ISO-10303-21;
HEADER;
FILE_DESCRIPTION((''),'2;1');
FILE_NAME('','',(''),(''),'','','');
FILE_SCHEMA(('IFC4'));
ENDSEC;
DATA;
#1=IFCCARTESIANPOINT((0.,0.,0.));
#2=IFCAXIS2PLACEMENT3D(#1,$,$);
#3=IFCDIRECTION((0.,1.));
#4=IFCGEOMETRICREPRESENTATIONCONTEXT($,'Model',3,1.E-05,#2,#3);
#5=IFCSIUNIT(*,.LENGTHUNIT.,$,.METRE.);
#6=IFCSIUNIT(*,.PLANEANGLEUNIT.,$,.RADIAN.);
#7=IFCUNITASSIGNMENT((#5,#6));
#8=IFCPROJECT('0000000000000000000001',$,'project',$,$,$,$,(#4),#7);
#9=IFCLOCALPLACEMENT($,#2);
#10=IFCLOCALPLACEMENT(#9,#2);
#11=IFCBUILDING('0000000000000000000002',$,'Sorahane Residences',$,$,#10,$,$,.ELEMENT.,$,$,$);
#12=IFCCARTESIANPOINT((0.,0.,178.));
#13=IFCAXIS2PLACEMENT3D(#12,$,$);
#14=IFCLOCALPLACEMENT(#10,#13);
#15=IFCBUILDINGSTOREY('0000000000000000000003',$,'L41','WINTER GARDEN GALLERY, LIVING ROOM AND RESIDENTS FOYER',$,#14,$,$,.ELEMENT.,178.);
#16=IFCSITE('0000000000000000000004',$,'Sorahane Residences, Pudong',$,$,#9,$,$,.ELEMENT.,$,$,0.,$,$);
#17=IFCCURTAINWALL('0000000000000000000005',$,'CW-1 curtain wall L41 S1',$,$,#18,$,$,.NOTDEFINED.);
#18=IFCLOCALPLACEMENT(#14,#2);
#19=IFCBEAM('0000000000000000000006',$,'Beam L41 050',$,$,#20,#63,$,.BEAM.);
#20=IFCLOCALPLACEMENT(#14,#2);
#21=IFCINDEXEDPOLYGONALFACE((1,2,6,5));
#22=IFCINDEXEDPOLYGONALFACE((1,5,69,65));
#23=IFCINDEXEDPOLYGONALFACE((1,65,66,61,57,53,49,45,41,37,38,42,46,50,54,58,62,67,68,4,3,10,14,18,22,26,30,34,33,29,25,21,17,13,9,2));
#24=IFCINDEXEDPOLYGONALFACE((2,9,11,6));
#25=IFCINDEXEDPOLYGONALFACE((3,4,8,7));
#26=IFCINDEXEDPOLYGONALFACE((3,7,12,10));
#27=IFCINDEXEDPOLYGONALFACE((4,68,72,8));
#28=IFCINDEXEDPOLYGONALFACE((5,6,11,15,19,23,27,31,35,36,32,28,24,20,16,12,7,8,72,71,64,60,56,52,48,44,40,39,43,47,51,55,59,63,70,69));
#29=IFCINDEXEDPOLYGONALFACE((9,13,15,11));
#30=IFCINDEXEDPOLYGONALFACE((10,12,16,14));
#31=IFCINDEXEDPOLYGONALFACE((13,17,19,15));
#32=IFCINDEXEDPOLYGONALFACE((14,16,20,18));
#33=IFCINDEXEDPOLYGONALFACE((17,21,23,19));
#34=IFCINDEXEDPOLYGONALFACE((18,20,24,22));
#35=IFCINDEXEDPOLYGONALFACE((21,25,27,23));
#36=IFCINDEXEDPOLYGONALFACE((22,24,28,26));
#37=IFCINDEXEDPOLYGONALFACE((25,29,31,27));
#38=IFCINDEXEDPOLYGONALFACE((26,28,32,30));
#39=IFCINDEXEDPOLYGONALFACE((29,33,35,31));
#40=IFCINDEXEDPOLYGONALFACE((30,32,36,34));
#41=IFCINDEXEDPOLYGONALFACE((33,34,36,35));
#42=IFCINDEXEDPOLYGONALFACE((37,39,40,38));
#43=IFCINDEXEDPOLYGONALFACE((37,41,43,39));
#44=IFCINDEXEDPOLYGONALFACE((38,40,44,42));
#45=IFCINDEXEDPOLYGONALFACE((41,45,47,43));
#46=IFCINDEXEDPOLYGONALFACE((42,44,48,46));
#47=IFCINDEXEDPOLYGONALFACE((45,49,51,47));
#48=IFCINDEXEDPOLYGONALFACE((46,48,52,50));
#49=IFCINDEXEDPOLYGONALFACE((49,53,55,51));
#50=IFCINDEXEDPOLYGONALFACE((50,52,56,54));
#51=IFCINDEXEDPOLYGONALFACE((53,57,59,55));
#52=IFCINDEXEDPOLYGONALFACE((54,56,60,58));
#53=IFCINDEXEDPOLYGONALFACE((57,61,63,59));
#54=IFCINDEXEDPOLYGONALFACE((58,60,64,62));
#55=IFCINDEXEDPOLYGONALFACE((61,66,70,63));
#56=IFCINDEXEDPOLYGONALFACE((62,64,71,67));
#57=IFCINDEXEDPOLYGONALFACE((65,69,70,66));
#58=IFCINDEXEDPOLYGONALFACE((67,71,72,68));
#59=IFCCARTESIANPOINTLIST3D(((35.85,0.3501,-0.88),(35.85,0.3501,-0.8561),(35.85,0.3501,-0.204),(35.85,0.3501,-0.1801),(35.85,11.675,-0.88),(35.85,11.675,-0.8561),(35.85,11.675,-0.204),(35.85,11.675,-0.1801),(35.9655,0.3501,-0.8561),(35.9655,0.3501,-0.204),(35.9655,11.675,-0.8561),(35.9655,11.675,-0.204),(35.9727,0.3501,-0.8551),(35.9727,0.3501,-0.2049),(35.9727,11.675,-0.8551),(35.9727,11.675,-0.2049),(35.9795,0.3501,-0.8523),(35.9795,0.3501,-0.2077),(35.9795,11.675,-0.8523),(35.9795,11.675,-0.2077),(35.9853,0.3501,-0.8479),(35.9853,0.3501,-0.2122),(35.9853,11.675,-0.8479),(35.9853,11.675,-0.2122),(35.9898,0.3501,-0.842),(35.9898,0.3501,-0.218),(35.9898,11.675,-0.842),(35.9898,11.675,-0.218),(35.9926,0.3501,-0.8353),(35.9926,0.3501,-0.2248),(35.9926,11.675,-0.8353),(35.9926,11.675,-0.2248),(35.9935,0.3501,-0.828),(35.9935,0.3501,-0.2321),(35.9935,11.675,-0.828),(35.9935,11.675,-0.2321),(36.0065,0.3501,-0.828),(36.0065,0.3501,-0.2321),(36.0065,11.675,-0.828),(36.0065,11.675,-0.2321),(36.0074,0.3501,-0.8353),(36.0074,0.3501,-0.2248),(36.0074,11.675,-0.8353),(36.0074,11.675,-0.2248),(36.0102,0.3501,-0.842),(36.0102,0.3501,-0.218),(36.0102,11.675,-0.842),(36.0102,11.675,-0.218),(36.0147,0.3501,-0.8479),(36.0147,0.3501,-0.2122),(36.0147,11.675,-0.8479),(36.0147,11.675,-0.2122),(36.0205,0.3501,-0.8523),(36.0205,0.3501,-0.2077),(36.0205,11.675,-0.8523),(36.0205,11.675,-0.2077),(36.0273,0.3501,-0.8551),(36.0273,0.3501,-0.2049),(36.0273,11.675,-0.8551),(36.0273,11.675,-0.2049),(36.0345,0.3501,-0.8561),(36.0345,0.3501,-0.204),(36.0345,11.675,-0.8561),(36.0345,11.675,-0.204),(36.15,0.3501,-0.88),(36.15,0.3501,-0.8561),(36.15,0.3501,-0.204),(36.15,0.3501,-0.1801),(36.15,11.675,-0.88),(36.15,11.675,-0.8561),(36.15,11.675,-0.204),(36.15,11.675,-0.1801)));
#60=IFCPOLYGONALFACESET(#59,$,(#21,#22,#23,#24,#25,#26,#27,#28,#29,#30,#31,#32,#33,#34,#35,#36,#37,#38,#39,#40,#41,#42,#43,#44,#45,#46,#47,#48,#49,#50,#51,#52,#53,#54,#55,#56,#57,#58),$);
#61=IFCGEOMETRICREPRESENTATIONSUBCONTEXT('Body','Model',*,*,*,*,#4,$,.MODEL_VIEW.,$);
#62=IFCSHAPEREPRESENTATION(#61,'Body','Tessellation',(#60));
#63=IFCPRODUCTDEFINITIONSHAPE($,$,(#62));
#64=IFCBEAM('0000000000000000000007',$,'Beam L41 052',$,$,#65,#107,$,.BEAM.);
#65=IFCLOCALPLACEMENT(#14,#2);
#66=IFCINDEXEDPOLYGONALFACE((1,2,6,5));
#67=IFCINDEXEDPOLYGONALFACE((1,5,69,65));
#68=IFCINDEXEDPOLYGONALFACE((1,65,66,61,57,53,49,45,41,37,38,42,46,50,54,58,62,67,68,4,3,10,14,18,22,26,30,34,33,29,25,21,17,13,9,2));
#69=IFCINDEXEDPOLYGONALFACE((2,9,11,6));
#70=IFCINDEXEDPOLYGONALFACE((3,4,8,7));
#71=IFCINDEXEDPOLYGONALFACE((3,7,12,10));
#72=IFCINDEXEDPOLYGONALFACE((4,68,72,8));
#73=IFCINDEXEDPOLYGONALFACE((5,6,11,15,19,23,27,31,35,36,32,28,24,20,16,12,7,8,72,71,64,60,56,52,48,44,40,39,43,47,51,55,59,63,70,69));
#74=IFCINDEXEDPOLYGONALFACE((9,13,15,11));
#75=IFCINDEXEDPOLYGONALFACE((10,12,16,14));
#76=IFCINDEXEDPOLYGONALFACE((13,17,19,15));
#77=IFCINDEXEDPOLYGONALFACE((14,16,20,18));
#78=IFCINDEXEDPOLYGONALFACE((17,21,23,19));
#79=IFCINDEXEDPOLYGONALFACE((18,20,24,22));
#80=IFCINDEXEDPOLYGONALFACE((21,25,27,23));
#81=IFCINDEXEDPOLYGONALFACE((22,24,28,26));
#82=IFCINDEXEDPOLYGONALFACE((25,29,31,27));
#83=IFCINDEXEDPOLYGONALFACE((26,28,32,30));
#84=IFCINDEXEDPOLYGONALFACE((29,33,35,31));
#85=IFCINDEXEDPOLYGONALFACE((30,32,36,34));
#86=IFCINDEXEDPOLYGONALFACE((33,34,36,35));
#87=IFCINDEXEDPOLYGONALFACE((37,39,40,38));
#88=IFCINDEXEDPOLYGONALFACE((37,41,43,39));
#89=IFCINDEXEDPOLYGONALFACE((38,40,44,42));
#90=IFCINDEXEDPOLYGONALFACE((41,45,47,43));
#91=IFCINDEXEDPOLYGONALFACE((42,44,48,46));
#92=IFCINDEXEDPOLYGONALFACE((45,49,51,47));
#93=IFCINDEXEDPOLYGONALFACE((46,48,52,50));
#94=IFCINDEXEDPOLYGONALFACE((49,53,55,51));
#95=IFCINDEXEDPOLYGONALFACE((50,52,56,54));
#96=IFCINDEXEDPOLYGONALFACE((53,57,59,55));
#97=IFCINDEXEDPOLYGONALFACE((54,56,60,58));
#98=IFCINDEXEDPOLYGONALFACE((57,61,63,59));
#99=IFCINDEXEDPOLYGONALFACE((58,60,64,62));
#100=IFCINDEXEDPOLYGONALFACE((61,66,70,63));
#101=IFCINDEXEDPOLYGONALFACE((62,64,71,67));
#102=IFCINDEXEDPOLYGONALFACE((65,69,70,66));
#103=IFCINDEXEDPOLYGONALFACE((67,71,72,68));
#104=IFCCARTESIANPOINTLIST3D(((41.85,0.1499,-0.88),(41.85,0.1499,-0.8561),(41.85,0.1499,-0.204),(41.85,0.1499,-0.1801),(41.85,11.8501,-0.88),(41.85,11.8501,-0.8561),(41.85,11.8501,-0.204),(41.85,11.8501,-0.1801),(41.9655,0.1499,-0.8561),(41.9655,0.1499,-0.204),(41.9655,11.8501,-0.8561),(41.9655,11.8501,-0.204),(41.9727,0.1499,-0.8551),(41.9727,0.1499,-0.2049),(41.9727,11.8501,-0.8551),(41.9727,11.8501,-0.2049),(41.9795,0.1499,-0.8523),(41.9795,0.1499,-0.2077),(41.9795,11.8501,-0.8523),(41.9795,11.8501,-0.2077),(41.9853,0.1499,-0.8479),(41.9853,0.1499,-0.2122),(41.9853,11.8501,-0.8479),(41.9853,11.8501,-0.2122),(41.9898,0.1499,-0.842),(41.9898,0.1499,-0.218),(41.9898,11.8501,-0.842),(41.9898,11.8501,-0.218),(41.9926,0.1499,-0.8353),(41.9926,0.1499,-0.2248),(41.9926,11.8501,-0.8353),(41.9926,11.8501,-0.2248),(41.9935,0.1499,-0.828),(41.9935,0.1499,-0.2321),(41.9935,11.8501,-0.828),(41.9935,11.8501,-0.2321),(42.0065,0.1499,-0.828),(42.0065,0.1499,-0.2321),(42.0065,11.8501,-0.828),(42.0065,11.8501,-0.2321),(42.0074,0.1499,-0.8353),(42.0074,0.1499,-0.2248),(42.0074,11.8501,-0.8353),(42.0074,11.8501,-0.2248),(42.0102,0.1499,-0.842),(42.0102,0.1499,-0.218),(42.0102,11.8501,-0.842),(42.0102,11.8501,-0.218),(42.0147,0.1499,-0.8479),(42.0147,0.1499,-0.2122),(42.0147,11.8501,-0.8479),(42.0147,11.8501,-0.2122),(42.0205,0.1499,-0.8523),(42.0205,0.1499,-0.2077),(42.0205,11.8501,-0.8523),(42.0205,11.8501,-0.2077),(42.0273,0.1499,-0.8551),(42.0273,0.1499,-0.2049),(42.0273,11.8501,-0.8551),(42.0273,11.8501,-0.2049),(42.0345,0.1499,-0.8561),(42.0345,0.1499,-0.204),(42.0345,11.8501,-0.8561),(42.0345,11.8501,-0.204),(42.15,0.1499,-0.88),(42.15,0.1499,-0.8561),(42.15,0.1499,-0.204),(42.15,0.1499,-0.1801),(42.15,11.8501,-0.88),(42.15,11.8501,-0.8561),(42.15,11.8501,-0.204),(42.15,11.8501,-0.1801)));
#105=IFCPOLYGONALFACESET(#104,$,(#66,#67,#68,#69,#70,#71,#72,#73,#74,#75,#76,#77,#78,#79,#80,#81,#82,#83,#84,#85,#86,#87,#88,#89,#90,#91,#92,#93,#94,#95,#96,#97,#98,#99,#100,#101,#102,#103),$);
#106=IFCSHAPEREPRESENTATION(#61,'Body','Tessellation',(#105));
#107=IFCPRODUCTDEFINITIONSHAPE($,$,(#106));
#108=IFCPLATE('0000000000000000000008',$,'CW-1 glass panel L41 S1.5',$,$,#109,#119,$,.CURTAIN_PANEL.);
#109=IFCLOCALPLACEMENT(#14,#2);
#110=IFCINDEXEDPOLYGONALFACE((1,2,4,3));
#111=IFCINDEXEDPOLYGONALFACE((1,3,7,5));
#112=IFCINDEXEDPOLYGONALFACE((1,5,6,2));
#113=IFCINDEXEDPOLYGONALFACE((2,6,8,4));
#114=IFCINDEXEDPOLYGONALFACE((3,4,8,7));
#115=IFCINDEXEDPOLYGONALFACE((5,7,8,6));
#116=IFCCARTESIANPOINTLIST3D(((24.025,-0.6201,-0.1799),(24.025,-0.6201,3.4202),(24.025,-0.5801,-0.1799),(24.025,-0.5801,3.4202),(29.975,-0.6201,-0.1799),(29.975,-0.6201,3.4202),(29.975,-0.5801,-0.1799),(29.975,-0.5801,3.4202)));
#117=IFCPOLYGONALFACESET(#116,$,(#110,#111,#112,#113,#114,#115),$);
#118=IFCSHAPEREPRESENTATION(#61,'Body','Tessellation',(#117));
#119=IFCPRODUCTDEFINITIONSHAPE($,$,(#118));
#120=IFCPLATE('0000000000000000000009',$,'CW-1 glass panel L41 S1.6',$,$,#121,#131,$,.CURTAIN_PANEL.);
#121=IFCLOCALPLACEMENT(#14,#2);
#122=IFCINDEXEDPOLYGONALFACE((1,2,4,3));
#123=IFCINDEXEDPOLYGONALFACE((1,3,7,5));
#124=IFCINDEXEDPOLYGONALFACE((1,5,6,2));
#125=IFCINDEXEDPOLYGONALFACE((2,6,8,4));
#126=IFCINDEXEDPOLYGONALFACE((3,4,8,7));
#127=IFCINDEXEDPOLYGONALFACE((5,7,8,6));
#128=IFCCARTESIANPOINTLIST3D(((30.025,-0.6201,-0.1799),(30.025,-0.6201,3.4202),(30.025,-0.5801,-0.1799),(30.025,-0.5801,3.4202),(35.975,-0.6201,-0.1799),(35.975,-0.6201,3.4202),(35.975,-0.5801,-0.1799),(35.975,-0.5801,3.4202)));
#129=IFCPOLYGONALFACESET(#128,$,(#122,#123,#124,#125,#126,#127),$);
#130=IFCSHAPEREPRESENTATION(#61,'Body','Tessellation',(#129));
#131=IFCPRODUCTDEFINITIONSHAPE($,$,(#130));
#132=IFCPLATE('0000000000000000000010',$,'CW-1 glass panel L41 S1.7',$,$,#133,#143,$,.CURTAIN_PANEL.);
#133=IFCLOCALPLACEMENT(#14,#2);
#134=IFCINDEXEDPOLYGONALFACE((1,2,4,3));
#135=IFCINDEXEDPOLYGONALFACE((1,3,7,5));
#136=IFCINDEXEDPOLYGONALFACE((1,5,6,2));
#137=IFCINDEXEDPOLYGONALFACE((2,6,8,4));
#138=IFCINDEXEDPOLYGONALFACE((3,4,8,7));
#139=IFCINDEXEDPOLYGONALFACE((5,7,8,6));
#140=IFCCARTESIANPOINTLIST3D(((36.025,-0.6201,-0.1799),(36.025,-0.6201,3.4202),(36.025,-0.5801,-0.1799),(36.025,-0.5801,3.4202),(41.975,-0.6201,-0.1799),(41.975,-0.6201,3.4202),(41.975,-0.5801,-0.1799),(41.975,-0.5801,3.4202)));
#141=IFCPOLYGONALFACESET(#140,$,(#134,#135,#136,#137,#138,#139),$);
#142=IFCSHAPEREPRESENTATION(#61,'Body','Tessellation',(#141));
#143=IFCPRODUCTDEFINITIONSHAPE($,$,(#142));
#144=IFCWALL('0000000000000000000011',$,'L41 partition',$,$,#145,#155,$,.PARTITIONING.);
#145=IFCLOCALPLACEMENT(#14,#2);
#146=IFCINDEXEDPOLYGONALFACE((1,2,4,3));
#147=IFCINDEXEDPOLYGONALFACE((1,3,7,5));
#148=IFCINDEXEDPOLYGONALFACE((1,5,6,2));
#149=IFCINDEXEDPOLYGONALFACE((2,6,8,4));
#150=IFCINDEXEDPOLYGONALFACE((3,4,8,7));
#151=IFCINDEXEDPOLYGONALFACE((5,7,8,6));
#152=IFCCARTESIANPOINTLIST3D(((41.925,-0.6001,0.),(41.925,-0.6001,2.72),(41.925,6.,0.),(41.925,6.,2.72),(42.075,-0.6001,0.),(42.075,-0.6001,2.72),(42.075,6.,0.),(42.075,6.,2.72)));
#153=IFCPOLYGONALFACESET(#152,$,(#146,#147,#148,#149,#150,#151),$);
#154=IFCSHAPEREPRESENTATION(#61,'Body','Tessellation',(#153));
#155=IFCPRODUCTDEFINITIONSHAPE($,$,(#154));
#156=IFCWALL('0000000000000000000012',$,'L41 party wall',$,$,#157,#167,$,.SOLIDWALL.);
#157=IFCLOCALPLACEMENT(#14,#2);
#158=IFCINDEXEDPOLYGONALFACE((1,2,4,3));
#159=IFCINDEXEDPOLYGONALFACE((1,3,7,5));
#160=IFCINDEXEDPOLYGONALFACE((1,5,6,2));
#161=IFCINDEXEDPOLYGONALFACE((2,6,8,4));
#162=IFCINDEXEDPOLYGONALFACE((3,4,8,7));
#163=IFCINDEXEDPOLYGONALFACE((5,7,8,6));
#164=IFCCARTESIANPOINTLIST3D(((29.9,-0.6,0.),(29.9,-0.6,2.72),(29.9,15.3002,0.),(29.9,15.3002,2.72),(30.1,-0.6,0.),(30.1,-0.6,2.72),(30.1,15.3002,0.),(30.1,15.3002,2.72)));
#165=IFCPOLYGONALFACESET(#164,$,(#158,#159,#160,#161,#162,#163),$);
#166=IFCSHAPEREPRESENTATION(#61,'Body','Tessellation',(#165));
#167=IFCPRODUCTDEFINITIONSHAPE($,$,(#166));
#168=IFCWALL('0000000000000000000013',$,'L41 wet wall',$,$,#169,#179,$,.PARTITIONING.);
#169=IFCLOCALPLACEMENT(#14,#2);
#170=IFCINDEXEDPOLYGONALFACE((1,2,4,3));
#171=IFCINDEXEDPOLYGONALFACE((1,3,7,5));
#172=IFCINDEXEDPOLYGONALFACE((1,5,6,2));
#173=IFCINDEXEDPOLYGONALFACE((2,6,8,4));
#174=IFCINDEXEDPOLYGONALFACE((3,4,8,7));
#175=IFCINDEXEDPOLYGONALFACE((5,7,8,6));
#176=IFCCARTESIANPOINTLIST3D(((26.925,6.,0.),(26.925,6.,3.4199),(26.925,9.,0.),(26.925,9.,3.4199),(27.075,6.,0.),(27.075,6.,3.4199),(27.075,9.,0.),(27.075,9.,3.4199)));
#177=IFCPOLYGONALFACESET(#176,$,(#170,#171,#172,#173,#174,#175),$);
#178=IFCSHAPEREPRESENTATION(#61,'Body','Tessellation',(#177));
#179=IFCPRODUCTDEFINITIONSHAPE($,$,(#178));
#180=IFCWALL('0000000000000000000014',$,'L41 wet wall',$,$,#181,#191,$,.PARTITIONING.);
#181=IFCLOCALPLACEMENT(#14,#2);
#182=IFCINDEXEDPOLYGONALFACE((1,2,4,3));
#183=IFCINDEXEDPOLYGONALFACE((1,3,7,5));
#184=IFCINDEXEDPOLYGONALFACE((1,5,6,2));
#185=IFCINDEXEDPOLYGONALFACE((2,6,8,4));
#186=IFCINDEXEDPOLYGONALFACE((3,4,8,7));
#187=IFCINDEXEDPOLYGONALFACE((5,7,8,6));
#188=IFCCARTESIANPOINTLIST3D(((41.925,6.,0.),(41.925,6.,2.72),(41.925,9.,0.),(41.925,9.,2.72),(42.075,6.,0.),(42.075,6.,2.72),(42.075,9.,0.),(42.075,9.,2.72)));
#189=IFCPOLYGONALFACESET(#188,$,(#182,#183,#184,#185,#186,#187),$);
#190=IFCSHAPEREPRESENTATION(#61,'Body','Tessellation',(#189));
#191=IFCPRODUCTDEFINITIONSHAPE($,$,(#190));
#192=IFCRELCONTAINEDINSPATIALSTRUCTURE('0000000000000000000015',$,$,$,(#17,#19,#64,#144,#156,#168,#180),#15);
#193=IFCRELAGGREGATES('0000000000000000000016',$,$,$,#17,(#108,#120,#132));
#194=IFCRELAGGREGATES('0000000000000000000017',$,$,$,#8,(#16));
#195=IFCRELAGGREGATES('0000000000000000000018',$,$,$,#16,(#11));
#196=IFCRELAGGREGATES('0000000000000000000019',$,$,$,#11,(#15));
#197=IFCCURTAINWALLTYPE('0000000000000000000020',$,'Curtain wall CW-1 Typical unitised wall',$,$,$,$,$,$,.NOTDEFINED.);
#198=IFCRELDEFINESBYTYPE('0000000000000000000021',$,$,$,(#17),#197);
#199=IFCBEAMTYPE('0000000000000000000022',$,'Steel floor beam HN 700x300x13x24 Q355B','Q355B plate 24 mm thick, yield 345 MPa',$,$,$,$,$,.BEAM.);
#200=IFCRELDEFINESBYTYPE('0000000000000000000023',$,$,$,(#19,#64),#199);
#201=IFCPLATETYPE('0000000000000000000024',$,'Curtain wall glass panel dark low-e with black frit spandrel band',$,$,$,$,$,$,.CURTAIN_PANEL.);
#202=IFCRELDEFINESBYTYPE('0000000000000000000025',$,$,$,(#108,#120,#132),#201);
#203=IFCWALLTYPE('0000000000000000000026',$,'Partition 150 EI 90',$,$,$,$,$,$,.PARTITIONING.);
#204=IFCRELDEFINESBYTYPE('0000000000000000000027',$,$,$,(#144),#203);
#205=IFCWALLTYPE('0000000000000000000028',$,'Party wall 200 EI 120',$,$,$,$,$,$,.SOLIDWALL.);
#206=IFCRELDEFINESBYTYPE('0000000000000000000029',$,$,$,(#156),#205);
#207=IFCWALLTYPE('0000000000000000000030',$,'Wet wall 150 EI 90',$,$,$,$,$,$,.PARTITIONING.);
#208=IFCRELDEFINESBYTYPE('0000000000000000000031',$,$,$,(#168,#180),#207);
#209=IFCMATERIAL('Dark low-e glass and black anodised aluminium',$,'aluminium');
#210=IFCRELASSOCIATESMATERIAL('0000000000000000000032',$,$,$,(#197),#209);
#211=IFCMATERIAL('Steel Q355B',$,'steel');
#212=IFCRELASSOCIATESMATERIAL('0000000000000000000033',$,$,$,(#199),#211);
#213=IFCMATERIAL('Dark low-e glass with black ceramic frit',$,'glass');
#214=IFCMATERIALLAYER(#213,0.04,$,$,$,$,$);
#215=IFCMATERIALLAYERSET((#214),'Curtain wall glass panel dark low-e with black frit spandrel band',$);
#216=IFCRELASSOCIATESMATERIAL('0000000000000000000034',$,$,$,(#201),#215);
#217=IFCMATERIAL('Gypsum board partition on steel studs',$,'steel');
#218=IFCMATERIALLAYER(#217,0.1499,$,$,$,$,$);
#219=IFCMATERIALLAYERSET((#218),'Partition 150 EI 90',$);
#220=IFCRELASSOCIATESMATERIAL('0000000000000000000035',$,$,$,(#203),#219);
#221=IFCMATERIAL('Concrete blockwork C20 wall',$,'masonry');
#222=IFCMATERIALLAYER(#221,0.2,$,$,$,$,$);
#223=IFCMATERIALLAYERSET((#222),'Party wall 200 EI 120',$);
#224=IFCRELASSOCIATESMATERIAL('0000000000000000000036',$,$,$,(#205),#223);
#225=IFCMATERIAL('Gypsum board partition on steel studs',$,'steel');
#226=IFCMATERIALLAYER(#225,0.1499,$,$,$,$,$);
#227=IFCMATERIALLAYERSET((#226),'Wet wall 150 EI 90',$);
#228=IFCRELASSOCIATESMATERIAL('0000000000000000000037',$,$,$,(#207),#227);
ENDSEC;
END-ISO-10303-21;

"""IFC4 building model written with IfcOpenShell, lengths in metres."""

from ifc_helpers import new_model, si_unit, direction, frame, frame_2d, origin, origin_2d, place, context, subcontext, project, spatial, rectangle, i_section, extrude, material, layer, layer_set, material_profile, profile_set, type_object, element, aggregate, save


model = new_model("IFC4")

# Units and contexts
model_context = context("Model", 3, precision=1e-05, world=origin(), true_north=direction((0.0, 1.0)))
body_context = subcontext(model_context, "Body", "Model", "MODEL_VIEW")
ifc_project = project(units=[si_unit("LENGTHUNIT", "METRE"), si_unit("PLANEANGLEUNIT", "RADIAN")], contexts=[model_context])

# Site, building, storey
site_placement = place(None, origin())
site = spatial("IfcSite", under=ifc_project, at=site_placement, Name="Sorahane Residences, Pudong", CompositionType="ELEMENT", RefElevation=0.0)
building_placement = place(site_placement, origin())
building = spatial("IfcBuilding", under=site, at=building_placement, Name="Sorahane Residences", CompositionType="ELEMENT")
storey_placement = place(building_placement, frame((0.0, 0.0, 178.0)))
storey = spatial("IfcBuildingStorey", under=building, at=storey_placement, Name="L41", Description="WINTER GARDEN GALLERY, LIVING ROOM AND RESIDENTS FOYER", CompositionType="ELEMENT", Elevation=178.0)

# Curtain wall
ifc_material_1 = material(Name="Dark low-e glass and black anodised aluminium", Category="aluminium")
curtain_wall_type = type_object("IfcCurtainWallType", Name="Curtain wall CW-1 Typical unitised wall", PredefinedType="NOTDEFINED", material=ifc_material_1)
curtain_wall_placement = place(storey_placement, origin())
curtain_wall = element("IfcCurtainWall", 1, at=curtain_wall_placement, inside=storey, type_object=curtain_wall_type, Name="CW-1 curtain wall L41 S1", PredefinedType="NOTDEFINED")

# Beams
ifc_material_2 = material(Name="Steel Q355B", Category="steel")
ifc_material_profile_1 = material_profile(ifc_material_2, i_section(OverallWidth=0.3, OverallDepth=0.7, WebThickness=0.0129, FlangeThickness=0.0239, FilletRadius=0.0281, at=origin_2d()), Name="HN 700x300x13x24")
ifc_profile_set_1 = profile_set([ifc_material_profile_1], Name="Steel Q355B")
beam_type_1 = type_object("IfcBeamType", Name="Steel floor beam HN 700x300x13x24 Q355B", Description="Q355B plate 24 mm thick, yield 345 MPa", PredefinedType="BEAM", material=ifc_profile_set_1)
beam_1_placement = place(storey_placement, frame((36.0, 0.3501, -0.53), z_axis=(0.0, 1.0, 0.0), x_axis=(-1.0, 0.0, 0.0)))
element("IfcBeam", 2, at=beam_1_placement, inside=storey, type_object=beam_type_1, Name="Beam L41 050", PredefinedType="BEAM", context=body_context, shape_type="SweptSolid", body=[
    extrude(i_section(OverallWidth=0.3, OverallDepth=0.7, WebThickness=0.0129, FlangeThickness=0.0239, FilletRadius=0.0281, at=origin_2d()), origin(), (0.0, 0.0, 1.0), 11.325),
])
beam_2_placement = place(storey_placement, frame((42.0, 0.1499, -0.53), z_axis=(0.0, 1.0, 0.0), x_axis=(-1.0, 0.0, 0.0)))
element("IfcBeam", 3, at=beam_2_placement, inside=storey, type_object=beam_type_1, Name="Beam L41 052", PredefinedType="BEAM", context=body_context, shape_type="SweptSolid", body=[
    extrude(i_section(OverallWidth=0.3, OverallDepth=0.7, WebThickness=0.0129, FlangeThickness=0.0239, FilletRadius=0.0281, at=origin_2d()), origin(), (0.0, 0.0, 1.0), 11.7002),
])

# Plates
ifc_material_3 = material(Name="Dark low-e glass with black ceramic frit", Category="glass")
ifc_layer_1 = layer(ifc_material_3, 0.04)
ifc_layer_set_1 = layer_set([ifc_layer_1], Name="Curtain wall glass panel dark low-e with black frit spandrel band")
plate_type = type_object("IfcPlateType", Name="Curtain wall glass panel dark low-e with black frit spandrel band", PredefinedType="CURTAIN_PANEL", material=ifc_layer_set_1)
plate_1_placement = place(storey_placement, frame((27.0, -0.6001, -0.1799), z_axis=(0.0, 0.0, 1.0), x_axis=(1.0, 0.0, 0.0)))
plate_1 = element("IfcPlate", 4, at=plate_1_placement, type_object=plate_type, Name="CW-1 glass panel L41 S1.5", PredefinedType="CURTAIN_PANEL", context=body_context, shape_type="SweptSolid", body=[
    extrude(rectangle(XDim=5.95, YDim=0.04, at=origin_2d()), origin(), (0.0, 0.0, 1.0), 3.6001),
])
plate_2_placement = place(storey_placement, frame((33.0, -0.6001, -0.1799), z_axis=(0.0, 0.0, 1.0), x_axis=(1.0, 0.0, 0.0)))
plate_2 = element("IfcPlate", 5, at=plate_2_placement, type_object=plate_type, Name="CW-1 glass panel L41 S1.6", PredefinedType="CURTAIN_PANEL", context=body_context, shape_type="SweptSolid", body=[
    extrude(rectangle(XDim=5.95, YDim=0.04, at=origin_2d()), origin(), (0.0, 0.0, 1.0), 3.6001),
])
plate_3_placement = place(storey_placement, frame((39.0, -0.6001, -0.1799), z_axis=(0.0, 0.0, 1.0), x_axis=(1.0, 0.0, 0.0)))
plate_3 = element("IfcPlate", 6, at=plate_3_placement, type_object=plate_type, Name="CW-1 glass panel L41 S1.7", PredefinedType="CURTAIN_PANEL", context=body_context, shape_type="SweptSolid", body=[
    extrude(rectangle(XDim=5.95, YDim=0.04, at=origin_2d()), origin(), (0.0, 0.0, 1.0), 3.6001),
])
aggregate(curtain_wall, [plate_1, plate_2, plate_3])

# Wall
ifc_material_4 = material(Name="Gypsum board partition on steel studs", Category="steel")
ifc_layer_2 = layer(ifc_material_4, 0.1499)
ifc_layer_set_2 = layer_set([ifc_layer_2], Name="Partition 150 EI 90")
wall_type_1 = type_object("IfcWallType", Name="Partition 150 EI 90", PredefinedType="PARTITIONING", material=ifc_layer_set_2)
wall_1_placement = place(storey_placement, frame((42.0, -0.6001, 0.0), z_axis=(0.0, 0.0, 1.0), x_axis=(0.0, 1.0, 0.0)))
element("IfcWall", 7, at=wall_1_placement, inside=storey, type_object=wall_type_1, Name="L41 partition", PredefinedType="PARTITIONING", context=body_context, shape_type="SweptSolid", body=[
    extrude(rectangle(XDim=6.6001, YDim=0.1499, at=frame_2d((3.3, 0.0))), origin(), (0.0, 0.0, 1.0), 2.72),
])

# Walls
ifc_material_5 = material(Name="Concrete blockwork C20 wall", Category="masonry")
ifc_layer_3 = layer(ifc_material_5, 0.2)
ifc_layer_set_3 = layer_set([ifc_layer_3], Name="Party wall 200 EI 120")
wall_type_2 = type_object("IfcWallType", Name="Party wall 200 EI 120", PredefinedType="SOLIDWALL", material=ifc_layer_set_3)
wall_2_placement = place(storey_placement, frame((30.0, -0.6001, 0.0), z_axis=(0.0, 0.0, 1.0), x_axis=(0.0, 1.0, 0.0)))
element("IfcWall", 8, at=wall_2_placement, inside=storey, type_object=wall_type_2, Name="L41 party wall", PredefinedType="SOLIDWALL", context=body_context, shape_type="SweptSolid", body=[
    extrude(rectangle(XDim=15.9001, YDim=0.2, at=frame_2d((7.9502, 0.0))), origin(), (0.0, 0.0, 1.0), 2.72),
])
ifc_material_6 = material(Name="Gypsum board partition on steel studs", Category="steel")
ifc_layer_4 = layer(ifc_material_6, 0.1499)
ifc_layer_set_4 = layer_set([ifc_layer_4], Name="Wet wall 150 EI 90")
wall_type_3 = type_object("IfcWallType", Name="Wet wall 150 EI 90", PredefinedType="PARTITIONING", material=ifc_layer_set_4)
wall_3_placement = place(storey_placement, frame((27.0, 6.0, 0.0), z_axis=(0.0, 0.0, 1.0), x_axis=(0.0, 1.0, 0.0)))
element("IfcWall", 9, at=wall_3_placement, inside=storey, type_object=wall_type_3, Name="L41 wet wall", PredefinedType="PARTITIONING", context=body_context, shape_type="SweptSolid", body=[
    extrude(rectangle(XDim=3.0, YDim=0.1499, at=frame_2d((1.5, 0.0))), origin(), (0.0, 0.0, 1.0), 3.4199),
])
wall_4_placement = place(storey_placement, frame((42.0, 6.0, 0.0), z_axis=(0.0, 0.0, 1.0), x_axis=(0.0, 1.0, 0.0)))
element("IfcWall", 10, at=wall_4_placement, inside=storey, type_object=wall_type_3, Name="L41 wet wall", PredefinedType="PARTITIONING", context=body_context, shape_type="SweptSolid", body=[
    extrude(rectangle(XDim=3.0, YDim=0.1499, at=frame_2d((1.5, 0.0))), origin(), (0.0, 0.0, 1.0), 2.72),
])

save(model, "model.ifc")
